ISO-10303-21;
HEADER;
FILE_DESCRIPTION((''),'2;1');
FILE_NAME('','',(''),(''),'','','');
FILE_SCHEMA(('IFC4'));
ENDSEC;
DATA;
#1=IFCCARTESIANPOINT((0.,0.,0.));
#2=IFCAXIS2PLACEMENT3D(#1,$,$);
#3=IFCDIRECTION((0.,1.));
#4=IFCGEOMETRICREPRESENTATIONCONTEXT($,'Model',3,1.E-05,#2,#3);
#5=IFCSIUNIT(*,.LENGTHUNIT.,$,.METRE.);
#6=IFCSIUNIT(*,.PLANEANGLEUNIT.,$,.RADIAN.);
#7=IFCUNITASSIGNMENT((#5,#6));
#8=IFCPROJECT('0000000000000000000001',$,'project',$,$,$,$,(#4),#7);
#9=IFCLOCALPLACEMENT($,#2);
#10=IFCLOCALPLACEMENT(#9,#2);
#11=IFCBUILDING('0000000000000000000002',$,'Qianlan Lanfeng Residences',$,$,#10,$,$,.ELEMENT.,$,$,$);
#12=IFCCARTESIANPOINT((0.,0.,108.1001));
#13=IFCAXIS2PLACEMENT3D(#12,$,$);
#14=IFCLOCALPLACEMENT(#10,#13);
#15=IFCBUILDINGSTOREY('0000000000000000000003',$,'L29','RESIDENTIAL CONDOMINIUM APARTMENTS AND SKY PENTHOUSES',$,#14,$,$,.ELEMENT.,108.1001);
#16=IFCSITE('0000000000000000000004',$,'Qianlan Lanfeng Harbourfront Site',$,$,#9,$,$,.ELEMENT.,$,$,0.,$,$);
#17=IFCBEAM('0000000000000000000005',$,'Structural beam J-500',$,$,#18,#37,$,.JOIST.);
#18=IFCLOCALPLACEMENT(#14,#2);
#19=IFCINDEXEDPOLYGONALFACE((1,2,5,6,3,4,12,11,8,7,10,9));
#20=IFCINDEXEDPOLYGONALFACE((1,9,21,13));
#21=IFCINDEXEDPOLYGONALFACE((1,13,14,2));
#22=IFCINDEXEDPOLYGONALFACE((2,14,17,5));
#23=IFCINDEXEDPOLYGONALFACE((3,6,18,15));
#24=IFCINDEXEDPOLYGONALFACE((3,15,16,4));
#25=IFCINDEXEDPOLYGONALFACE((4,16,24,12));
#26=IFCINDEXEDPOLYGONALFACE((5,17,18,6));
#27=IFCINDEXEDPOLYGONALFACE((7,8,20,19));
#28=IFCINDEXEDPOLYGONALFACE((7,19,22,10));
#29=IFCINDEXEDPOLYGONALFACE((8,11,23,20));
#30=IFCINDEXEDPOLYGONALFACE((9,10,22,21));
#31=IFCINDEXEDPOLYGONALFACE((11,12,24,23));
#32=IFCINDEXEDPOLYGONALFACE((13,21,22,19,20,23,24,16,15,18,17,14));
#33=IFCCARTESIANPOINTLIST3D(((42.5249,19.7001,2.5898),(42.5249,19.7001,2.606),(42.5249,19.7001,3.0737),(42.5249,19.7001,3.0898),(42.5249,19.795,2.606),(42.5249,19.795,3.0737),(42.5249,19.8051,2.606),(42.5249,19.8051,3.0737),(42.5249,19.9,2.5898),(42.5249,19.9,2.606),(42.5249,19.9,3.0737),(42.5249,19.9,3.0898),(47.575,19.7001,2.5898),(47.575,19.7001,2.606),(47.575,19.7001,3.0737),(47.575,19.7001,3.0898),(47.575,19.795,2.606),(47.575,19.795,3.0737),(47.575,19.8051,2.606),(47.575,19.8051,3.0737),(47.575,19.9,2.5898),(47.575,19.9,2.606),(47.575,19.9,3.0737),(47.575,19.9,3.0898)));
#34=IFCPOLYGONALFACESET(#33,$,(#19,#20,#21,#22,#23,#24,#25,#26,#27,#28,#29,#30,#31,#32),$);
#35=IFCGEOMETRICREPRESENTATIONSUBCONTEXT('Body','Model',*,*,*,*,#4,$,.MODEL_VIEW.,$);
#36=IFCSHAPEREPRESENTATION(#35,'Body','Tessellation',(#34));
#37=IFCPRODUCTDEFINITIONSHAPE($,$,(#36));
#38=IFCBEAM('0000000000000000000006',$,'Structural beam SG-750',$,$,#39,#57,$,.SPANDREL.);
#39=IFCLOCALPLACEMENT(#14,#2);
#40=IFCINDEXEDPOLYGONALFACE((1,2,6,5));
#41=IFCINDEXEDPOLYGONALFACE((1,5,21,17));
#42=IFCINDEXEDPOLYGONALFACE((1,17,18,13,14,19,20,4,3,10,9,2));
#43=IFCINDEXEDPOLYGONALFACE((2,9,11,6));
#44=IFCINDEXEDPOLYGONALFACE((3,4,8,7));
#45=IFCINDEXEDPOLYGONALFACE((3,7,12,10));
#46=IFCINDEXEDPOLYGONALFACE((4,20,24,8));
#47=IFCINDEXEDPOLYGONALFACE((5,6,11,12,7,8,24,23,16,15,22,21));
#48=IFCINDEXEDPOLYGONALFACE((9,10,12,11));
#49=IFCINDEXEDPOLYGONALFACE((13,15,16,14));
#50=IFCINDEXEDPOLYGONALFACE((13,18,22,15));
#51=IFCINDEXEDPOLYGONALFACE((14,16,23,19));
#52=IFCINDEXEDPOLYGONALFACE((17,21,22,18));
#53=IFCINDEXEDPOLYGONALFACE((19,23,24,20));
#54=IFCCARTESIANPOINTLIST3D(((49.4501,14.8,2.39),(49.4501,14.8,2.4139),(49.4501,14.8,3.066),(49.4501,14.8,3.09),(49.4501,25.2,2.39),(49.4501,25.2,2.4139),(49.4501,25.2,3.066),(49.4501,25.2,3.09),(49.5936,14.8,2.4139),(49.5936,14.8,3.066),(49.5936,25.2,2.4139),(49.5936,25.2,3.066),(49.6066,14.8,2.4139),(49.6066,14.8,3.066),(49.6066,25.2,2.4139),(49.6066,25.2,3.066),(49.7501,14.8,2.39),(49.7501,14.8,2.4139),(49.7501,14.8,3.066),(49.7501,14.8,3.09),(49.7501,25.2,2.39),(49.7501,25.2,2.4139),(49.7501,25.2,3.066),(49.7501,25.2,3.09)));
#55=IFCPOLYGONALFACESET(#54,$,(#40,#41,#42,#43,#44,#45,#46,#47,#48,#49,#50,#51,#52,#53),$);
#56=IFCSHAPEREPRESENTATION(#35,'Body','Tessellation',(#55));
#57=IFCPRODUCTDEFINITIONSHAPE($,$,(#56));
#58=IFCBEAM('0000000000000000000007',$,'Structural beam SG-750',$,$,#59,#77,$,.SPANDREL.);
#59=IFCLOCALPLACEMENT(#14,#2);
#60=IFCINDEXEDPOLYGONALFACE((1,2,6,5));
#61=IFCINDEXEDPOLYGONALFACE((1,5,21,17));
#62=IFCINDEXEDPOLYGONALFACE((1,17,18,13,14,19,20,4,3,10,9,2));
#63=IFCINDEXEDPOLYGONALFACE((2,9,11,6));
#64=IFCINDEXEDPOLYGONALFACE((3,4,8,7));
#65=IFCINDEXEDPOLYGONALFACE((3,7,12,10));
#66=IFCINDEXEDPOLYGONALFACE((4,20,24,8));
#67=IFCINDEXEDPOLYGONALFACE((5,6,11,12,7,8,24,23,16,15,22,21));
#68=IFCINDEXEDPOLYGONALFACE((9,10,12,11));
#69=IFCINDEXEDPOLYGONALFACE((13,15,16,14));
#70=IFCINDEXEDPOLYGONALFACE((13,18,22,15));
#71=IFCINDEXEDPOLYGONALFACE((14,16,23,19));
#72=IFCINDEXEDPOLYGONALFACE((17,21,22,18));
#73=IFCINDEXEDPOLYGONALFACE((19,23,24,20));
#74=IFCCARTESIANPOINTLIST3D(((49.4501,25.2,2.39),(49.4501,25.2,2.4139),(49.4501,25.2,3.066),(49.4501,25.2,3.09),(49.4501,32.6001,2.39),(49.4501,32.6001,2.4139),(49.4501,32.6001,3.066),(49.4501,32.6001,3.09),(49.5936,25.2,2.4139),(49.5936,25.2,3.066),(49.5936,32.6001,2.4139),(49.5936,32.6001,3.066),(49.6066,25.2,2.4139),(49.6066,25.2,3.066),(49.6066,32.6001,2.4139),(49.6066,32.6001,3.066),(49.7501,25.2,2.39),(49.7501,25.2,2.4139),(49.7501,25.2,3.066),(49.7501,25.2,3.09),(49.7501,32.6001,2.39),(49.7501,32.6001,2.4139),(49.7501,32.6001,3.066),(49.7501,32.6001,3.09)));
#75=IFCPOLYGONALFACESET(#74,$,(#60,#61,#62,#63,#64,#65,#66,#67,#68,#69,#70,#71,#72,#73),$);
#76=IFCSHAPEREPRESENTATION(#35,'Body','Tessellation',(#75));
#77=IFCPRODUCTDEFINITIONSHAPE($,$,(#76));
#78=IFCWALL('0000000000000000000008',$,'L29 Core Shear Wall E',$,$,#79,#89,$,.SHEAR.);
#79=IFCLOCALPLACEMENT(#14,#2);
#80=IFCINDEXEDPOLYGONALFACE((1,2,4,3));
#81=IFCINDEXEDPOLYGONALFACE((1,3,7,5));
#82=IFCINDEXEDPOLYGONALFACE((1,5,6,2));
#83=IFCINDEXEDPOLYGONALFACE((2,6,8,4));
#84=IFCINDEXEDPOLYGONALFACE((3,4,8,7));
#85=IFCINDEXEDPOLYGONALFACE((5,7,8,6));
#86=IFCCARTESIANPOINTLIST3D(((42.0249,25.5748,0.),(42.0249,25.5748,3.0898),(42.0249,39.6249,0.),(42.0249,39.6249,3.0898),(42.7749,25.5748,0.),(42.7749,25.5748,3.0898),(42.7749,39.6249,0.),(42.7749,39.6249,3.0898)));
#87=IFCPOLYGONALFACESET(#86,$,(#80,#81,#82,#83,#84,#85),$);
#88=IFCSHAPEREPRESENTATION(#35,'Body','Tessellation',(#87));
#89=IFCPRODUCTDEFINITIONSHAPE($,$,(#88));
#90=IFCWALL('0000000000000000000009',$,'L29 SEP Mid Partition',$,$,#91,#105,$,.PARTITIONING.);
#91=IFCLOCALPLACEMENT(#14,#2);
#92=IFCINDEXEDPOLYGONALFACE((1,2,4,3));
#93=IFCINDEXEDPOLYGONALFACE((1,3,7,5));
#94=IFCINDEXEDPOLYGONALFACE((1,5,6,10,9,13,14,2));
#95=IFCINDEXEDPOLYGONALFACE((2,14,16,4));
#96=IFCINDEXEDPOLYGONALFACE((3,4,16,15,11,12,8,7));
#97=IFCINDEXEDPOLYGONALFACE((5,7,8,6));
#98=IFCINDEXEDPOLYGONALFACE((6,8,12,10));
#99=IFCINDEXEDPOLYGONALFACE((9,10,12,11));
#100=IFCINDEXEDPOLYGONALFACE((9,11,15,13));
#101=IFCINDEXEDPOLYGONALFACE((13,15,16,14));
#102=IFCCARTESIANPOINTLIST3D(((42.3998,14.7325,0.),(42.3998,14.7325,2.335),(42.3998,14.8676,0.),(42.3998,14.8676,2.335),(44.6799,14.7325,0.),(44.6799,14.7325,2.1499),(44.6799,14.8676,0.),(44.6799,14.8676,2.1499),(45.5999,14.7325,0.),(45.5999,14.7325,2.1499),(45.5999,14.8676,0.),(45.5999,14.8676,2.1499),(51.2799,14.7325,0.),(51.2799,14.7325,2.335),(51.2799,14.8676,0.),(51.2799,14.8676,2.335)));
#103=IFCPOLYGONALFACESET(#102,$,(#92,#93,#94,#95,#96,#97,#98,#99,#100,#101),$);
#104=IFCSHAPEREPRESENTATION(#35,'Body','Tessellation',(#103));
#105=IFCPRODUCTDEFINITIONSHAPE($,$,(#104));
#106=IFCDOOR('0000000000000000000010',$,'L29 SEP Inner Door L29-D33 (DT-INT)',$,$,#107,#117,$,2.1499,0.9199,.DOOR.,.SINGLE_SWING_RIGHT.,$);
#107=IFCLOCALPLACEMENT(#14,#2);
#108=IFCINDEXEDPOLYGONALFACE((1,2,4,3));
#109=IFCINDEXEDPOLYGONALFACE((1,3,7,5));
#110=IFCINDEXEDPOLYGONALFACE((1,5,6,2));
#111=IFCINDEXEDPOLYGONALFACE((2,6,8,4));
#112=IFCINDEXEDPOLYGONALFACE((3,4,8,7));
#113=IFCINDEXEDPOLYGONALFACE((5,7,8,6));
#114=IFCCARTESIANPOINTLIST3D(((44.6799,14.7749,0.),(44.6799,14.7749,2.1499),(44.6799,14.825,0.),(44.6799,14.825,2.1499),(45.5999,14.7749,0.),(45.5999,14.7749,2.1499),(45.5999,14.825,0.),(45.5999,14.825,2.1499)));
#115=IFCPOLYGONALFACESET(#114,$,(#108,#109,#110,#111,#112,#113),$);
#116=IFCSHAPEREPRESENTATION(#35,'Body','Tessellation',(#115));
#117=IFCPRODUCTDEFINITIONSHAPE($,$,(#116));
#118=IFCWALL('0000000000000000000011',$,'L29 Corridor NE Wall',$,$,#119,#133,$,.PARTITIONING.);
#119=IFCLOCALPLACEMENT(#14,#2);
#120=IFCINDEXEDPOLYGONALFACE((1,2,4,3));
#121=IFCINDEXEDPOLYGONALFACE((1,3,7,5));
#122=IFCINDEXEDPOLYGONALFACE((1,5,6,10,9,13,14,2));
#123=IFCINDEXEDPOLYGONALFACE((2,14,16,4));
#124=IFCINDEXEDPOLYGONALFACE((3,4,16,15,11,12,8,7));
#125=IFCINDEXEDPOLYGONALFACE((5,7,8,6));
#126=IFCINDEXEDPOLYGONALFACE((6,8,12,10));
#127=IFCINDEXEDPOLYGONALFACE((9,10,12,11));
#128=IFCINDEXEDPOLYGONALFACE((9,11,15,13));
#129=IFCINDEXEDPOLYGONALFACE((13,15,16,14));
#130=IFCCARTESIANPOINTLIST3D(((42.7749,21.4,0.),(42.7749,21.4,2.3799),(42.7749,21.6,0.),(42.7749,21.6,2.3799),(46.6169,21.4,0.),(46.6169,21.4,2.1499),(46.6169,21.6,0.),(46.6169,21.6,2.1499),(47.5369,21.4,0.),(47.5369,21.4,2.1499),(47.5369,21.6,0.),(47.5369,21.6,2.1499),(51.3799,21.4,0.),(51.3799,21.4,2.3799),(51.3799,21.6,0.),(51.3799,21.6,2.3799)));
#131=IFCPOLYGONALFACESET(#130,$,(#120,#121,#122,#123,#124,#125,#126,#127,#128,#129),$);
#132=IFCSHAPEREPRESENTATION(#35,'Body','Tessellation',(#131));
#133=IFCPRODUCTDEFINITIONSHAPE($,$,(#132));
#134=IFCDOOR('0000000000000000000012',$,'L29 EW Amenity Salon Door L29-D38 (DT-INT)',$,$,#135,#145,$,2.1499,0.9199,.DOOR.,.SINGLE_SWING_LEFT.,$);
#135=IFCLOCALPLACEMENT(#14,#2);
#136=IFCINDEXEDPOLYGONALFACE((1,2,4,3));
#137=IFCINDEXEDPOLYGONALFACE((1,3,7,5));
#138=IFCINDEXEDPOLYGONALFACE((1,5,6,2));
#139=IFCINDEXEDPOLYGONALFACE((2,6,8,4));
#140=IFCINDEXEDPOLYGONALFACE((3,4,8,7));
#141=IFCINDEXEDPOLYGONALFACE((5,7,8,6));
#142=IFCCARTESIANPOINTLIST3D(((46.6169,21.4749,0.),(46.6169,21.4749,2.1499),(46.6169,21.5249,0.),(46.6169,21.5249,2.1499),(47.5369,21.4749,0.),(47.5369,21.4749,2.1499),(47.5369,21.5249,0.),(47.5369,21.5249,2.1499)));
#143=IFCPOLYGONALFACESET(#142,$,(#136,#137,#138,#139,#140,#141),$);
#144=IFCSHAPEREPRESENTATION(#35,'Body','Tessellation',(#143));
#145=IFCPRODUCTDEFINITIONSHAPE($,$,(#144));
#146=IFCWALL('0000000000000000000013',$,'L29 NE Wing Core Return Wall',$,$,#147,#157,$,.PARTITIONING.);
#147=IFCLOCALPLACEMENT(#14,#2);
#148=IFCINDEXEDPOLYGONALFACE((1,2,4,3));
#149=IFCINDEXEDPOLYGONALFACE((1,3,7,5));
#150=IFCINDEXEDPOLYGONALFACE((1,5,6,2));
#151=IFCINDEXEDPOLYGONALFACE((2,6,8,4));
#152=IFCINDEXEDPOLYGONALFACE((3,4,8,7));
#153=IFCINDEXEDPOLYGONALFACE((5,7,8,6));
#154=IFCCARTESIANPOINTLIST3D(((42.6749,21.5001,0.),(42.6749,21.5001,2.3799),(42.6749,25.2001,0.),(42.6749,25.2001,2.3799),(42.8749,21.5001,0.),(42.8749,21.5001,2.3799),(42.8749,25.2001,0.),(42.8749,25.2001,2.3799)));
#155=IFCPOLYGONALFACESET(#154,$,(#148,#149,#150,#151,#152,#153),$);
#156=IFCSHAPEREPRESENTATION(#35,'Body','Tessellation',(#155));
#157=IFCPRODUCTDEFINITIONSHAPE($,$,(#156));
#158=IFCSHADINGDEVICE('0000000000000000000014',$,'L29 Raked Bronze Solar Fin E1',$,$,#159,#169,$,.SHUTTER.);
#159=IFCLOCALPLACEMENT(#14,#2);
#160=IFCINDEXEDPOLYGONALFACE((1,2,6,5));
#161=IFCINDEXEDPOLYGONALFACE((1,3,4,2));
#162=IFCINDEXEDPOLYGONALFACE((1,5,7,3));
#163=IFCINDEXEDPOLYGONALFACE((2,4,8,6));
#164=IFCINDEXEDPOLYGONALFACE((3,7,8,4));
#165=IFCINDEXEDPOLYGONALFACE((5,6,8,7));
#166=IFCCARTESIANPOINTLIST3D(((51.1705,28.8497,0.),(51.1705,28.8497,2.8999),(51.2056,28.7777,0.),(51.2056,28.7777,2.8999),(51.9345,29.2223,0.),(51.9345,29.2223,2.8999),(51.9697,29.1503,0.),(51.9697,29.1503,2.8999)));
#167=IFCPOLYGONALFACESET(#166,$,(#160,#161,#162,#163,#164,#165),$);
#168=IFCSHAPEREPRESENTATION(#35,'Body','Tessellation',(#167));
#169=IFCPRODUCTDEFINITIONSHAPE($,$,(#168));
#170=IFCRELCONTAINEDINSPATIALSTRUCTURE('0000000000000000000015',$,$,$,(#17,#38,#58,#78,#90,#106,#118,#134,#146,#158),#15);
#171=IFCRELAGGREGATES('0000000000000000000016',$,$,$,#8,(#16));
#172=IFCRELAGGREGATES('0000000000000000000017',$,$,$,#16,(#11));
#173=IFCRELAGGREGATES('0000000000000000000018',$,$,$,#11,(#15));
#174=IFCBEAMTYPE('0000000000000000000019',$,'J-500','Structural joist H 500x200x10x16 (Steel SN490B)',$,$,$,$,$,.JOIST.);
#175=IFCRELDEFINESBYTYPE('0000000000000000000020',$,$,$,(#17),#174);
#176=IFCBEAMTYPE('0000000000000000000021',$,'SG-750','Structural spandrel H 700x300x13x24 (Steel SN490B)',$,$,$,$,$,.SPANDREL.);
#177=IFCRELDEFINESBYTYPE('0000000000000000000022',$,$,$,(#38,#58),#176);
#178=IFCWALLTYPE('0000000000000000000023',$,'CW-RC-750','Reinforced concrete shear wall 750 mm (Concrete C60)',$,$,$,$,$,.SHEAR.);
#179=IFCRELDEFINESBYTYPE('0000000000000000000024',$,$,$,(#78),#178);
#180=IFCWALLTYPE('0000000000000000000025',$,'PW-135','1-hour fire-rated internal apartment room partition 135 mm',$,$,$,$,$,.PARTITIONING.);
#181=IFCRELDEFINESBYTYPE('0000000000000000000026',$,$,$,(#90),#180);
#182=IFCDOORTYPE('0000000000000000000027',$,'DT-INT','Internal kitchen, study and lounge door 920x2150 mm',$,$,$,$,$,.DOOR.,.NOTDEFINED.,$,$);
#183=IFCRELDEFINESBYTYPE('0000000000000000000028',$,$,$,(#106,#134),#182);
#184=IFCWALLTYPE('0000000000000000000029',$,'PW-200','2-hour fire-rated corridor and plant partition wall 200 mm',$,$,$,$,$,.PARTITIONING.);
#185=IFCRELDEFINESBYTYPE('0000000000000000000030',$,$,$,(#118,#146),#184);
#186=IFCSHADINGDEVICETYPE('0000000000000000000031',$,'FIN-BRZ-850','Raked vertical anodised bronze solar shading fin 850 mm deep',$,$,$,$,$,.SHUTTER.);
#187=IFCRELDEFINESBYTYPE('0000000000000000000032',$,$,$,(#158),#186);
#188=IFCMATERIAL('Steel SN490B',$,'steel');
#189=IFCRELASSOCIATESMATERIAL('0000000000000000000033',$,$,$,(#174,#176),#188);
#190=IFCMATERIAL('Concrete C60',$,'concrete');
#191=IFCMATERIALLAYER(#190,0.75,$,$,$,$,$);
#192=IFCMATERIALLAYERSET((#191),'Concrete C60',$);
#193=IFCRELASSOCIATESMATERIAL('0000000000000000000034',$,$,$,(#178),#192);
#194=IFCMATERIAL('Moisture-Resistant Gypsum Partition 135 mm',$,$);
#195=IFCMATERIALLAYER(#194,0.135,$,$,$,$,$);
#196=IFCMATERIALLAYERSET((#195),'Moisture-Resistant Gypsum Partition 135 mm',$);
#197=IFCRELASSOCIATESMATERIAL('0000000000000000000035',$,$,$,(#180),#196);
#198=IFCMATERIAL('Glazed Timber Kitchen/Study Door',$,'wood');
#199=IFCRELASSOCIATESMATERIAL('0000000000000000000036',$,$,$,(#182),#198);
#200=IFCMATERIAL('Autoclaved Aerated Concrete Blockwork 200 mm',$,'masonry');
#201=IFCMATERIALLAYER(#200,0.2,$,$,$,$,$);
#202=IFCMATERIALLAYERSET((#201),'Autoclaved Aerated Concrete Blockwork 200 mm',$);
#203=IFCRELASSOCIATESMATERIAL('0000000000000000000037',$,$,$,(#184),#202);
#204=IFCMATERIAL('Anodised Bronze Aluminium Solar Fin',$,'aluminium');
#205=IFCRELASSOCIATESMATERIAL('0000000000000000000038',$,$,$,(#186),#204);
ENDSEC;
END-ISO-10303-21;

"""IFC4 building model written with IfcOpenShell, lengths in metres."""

from ifc_helpers import new_model, si_unit, direction, frame, frame_2d, origin, origin_2d, place, context, subcontext, project, spatial, rectangle, i_section, extrude, source, transform, mapped, material, layer, layer_set, material_profile, profile_set, type_object, element, fill, save


model = new_model("IFC4")

# Units and contexts
model_context = context("Model", 3, precision=1e-05, world=origin(), true_north=direction((0.0, 1.0)))
body_context = subcontext(model_context, "Body", "Model", "MODEL_VIEW")
ifc_project = project(units=[si_unit("LENGTHUNIT", "METRE"), si_unit("PLANEANGLEUNIT", "RADIAN")], contexts=[model_context])

# Site, building, storey
site_placement = place(None, origin())
site = spatial("IfcSite", under=ifc_project, at=site_placement, Name="Qianlan Lanfeng Harbourfront Site", CompositionType="ELEMENT", RefElevation=0.0)
building_placement = place(site_placement, origin())
building = spatial("IfcBuilding", under=site, at=building_placement, Name="Qianlan Lanfeng Residences", CompositionType="ELEMENT")
storey_placement = place(building_placement, frame((0.0, 0.0, 108.1001)))
storey = spatial("IfcBuildingStorey", under=building, at=storey_placement, Name="L29", Description="RESIDENTIAL CONDOMINIUM APARTMENTS AND SKY PENTHOUSES", CompositionType="ELEMENT", Elevation=108.1001)

# Shared definitions
ifc_material_1 = material(Name="Steel SN490B", Category="steel")

# Beams
ifc_material_profile_1 = material_profile(ifc_material_1, i_section(OverallWidth=0.2, OverallDepth=0.5, WebThickness=0.01, FlangeThickness=0.0161, at=origin_2d()), Name="H 500x200x10x16")
ifc_profile_set_1 = profile_set([ifc_material_profile_1], Name="Steel SN490B")
beam_type_1 = type_object("IfcBeamType", Name="J-500", Description="Structural joist H 500x200x10x16 (Steel SN490B)", PredefinedType="JOIST", material=ifc_profile_set_1)
beam_1_placement = place(storey_placement, frame((42.5249, 19.8, 2.8398), z_axis=(1.0, 0.0, 0.0), x_axis=(0.0, 1.0, 0.0)))
element("IfcBeam", 1, at=beam_1_placement, inside=storey, type_object=beam_type_1, Name="Structural beam J-500", PredefinedType="JOIST", context=body_context, shape_type="SweptSolid", body=[
    extrude(i_section(OverallWidth=0.2, OverallDepth=0.5, WebThickness=0.01, FlangeThickness=0.0161, at=origin_2d()), origin(), (0.0, 0.0, 1.0), 5.05),
])
ifc_material_profile_2 = material_profile(ifc_material_1, i_section(OverallWidth=0.3, OverallDepth=0.7, WebThickness=0.0129, FlangeThickness=0.0239, at=origin_2d()), Name="H 700x300x13x24")
ifc_profile_set_2 = profile_set([ifc_material_profile_2], Name="Steel SN490B")
beam_type_2 = type_object("IfcBeamType", Name="SG-750", Description="Structural spandrel H 700x300x13x24 (Steel SN490B)", PredefinedType="SPANDREL", material=ifc_profile_set_2)
beam_2_placement = place(storey_placement, frame((49.6001, 14.8, 2.74), z_axis=(0.0, 1.0, 0.0), x_axis=(-1.0, 0.0, 0.0)))
element("IfcBeam", 2, at=beam_2_placement, inside=storey, type_object=beam_type_2, Name="Structural beam SG-750", PredefinedType="SPANDREL", context=body_context, shape_type="SweptSolid", body=[
    extrude(i_section(OverallWidth=0.3, OverallDepth=0.7, WebThickness=0.0129, FlangeThickness=0.0239, at=origin_2d()), origin(), (0.0, 0.0, 1.0), 10.3999),
])
beam_3_placement = place(storey_placement, frame((49.6001, 25.2, 2.74), z_axis=(0.0, 1.0, 0.0), x_axis=(-1.0, 0.0, 0.0)))
element("IfcBeam", 3, at=beam_3_placement, inside=storey, type_object=beam_type_2, Name="Structural beam SG-750", PredefinedType="SPANDREL", context=body_context, shape_type="SweptSolid", body=[
    extrude(i_section(OverallWidth=0.3, OverallDepth=0.7, WebThickness=0.0129, FlangeThickness=0.0239, at=origin_2d()), origin(), (0.0, 0.0, 1.0), 7.4001),
])

# Wall
ifc_material_2 = material(Name="Concrete C60", Category="concrete")
ifc_layer_1 = layer(ifc_material_2, 0.75)
ifc_layer_set_1 = layer_set([ifc_layer_1], Name="Concrete C60")
wall_type_1 = type_object("IfcWallType", Name="CW-RC-750", Description="Reinforced concrete shear wall 750 mm (Concrete C60)", PredefinedType="SHEAR", material=ifc_layer_set_1)
wall_1_placement = place(storey_placement, frame((42.3999, 25.575, 0.0), z_axis=(0.0, 0.0, 1.0), x_axis=(0.0, 1.0, 0.0)))
element("IfcWall", 4, at=wall_1_placement, inside=storey, type_object=wall_type_1, Name="L29 Core Shear Wall E", PredefinedType="SHEAR", context=body_context, shape_type="SweptSolid", body=[
    extrude(rectangle(XDim=14.05, YDim=0.75, at=frame_2d((7.0249, 0.0))), origin(), (0.0, 0.0, 1.0), 3.0898),
])

# Walls, openings, doors
ifc_material_3 = material(Name="Moisture-Resistant Gypsum Partition 135 mm")
ifc_layer_2 = layer(ifc_material_3, 0.135)
ifc_layer_set_2 = layer_set([ifc_layer_2], Name="Moisture-Resistant Gypsum Partition 135 mm")
wall_type_2 = type_object("IfcWallType", Name="PW-135", Description="1-hour fire-rated internal apartment room partition 135 mm", PredefinedType="PARTITIONING", material=ifc_layer_set_2)
wall_2_placement = place(storey_placement, frame((42.3999, 14.8, 0.0), z_axis=(0.0, 0.0, 1.0), x_axis=(1.0, 0.0, 0.0)))
wall_2 = element("IfcWall", 5, at=wall_2_placement, inside=storey, type_object=wall_type_2, Name="L29 SEP Mid Partition", PredefinedType="PARTITIONING", context=body_context, shape_type="SweptSolid", body=[
    extrude(rectangle(XDim=8.8801, YDim=0.135, at=frame_2d((4.4399, 0.0))), origin(), (0.0, 0.0, 1.0), 2.335),
])
opening_1_placement = place(wall_2_placement, frame((2.28, 0.0, 0.0)))
opening_1 = element("IfcOpeningElement", 6, at=opening_1_placement, cuts=wall_2, PredefinedType="OPENING", context=body_context, shape_type="SweptSolid", body=[
    extrude(rectangle(XDim=0.9199, YDim=2.1499, at=frame_2d((0.46, 1.075))), frame((0.0, 0.0776, 0.0), z_axis=(0.0, -1.0, 0.0), x_axis=(1.0, 0.0, 0.0)), (0.0, 0.0, 1.0), 0.155),
])
ifc_material_4 = material(Name="Glazed Timber Kitchen/Study Door", Category="wood")
door_type = type_object("IfcDoorType", Name="DT-INT", Description="Internal kitchen, study and lounge door 920x2150 mm", OperationType="NOTDEFINED", PredefinedType="DOOR", material=ifc_material_4)
door_1_placement = place(opening_1_placement, origin())
door_1 = element("IfcDoor", 7, at=door_1_placement, inside=storey, type_object=door_type, Name="L29 SEP Inner Door L29-D33 (DT-INT)", OperationType="SINGLE_SWING_RIGHT", OverallHeight=2.1499, OverallWidth=0.9199, PredefinedType="DOOR", context=body_context, shape_type="SweptSolid", body=[
    extrude(rectangle(XDim=0.9199, YDim=2.1499, at=frame_2d((0.46, 1.075))), frame((0.0, 0.0249, 0.0), z_axis=(0.0, -1.0, 0.0), x_axis=(1.0, 0.0, 0.0)), (0.0, 0.0, 1.0), 0.05),
])
fill(opening_1, door_1)
ifc_material_5 = material(Name="Autoclaved Aerated Concrete Blockwork 200 mm", Category="masonry")
ifc_layer_3 = layer(ifc_material_5, 0.2)
ifc_layer_set_3 = layer_set([ifc_layer_3], Name="Autoclaved Aerated Concrete Blockwork 200 mm")
wall_type_3 = type_object("IfcWallType", Name="PW-200", Description="2-hour fire-rated corridor and plant partition wall 200 mm", PredefinedType="PARTITIONING", material=ifc_layer_set_3)
wall_3_placement = place(storey_placement, frame((42.7749, 21.5, 0.0), z_axis=(0.0, 0.0, 1.0), x_axis=(1.0, 0.0, 0.0)))
wall_3 = element("IfcWall", 8, at=wall_3_placement, inside=storey, type_object=wall_type_3, Name="L29 Corridor NE Wall", PredefinedType="PARTITIONING", context=body_context, shape_type="SweptSolid", body=[
    extrude(rectangle(XDim=8.605, YDim=0.2, at=frame_2d((4.3025, 0.0))), origin(), (0.0, 0.0, 1.0), 2.3799),
])
opening_2_placement = place(wall_3_placement, frame((3.842, 0.0, 0.0)))
opening_2 = element("IfcOpeningElement", 9, at=opening_2_placement, cuts=wall_3, PredefinedType="OPENING", context=body_context, shape_type="SweptSolid", body=[
    extrude(rectangle(XDim=0.9199, YDim=2.1499, at=frame_2d((0.46, 1.075))), frame((0.0, 0.1099, 0.0), z_axis=(0.0, -1.0, 0.0), x_axis=(1.0, 0.0, 0.0)), (0.0, 0.0, 1.0), 0.22),
])
door_2_placement = place(opening_2_placement, origin())
door_2 = element("IfcDoor", 10, at=door_2_placement, inside=storey, type_object=door_type, Name="L29 EW Amenity Salon Door L29-D38 (DT-INT)", OperationType="SINGLE_SWING_LEFT", OverallHeight=2.1499, OverallWidth=0.9199, PredefinedType="DOOR", context=body_context, shape_type="SweptSolid", body=[
    extrude(rectangle(XDim=0.9199, YDim=2.1499, at=frame_2d((0.46, 1.075))), frame((0.0, 0.0249, 0.0), z_axis=(0.0, -1.0, 0.0), x_axis=(1.0, 0.0, 0.0)), (0.0, 0.0, 1.0), 0.05),
])
fill(opening_2, door_2)

# Wall
wall_4_placement = place(storey_placement, frame((42.7749, 21.5, 0.0), z_axis=(0.0, 0.0, 1.0), x_axis=(0.0, 1.0, 0.0)))
element("IfcWall", 11, at=wall_4_placement, inside=storey, type_object=wall_type_3, Name="L29 NE Wing Core Return Wall", PredefinedType="PARTITIONING", context=body_context, shape_type="SweptSolid", body=[
    extrude(rectangle(XDim=3.7, YDim=0.2, at=frame_2d((1.8501, 0.0))), origin(), (0.0, 0.0, 1.0), 2.3799),
])

# Shading device
ifc_material_6 = material(Name="Anodised Bronze Aluminium Solar Fin", Category="aluminium")
shading_device_type = type_object("IfcShadingDeviceType", Name="FIN-BRZ-850", Description="Raked vertical anodised bronze solar shading fin 850 mm deep", PredefinedType="SHUTTER", material=ifc_material_6)
shared_shape_1 = source(origin(), body_context, "Body", "SweptSolid", [
    extrude(rectangle(XDim=0.8501, YDim=0.0801, at=origin_2d()), origin(), (0.0, 0.0, 1.0), 2.8999),
])
shading_device_placement = place(storey_placement, frame((51.5701, 29.0, 0.0), z_axis=(0.0, 0.0, 1.0), x_axis=(0.898794, 0.438371, 0.0)))
element("IfcShadingDevice", 12, at=shading_device_placement, inside=storey, type_object=shading_device_type, Name="L29 Raked Bronze Solar Fin E1", PredefinedType="SHUTTER", context=body_context, shape_type="MappedRepresentation", body=[
    mapped(shared_shape_1, transform((0.0, 0.0, 0.0), scale=1.0)),
])

save(model, "model.ifc")
